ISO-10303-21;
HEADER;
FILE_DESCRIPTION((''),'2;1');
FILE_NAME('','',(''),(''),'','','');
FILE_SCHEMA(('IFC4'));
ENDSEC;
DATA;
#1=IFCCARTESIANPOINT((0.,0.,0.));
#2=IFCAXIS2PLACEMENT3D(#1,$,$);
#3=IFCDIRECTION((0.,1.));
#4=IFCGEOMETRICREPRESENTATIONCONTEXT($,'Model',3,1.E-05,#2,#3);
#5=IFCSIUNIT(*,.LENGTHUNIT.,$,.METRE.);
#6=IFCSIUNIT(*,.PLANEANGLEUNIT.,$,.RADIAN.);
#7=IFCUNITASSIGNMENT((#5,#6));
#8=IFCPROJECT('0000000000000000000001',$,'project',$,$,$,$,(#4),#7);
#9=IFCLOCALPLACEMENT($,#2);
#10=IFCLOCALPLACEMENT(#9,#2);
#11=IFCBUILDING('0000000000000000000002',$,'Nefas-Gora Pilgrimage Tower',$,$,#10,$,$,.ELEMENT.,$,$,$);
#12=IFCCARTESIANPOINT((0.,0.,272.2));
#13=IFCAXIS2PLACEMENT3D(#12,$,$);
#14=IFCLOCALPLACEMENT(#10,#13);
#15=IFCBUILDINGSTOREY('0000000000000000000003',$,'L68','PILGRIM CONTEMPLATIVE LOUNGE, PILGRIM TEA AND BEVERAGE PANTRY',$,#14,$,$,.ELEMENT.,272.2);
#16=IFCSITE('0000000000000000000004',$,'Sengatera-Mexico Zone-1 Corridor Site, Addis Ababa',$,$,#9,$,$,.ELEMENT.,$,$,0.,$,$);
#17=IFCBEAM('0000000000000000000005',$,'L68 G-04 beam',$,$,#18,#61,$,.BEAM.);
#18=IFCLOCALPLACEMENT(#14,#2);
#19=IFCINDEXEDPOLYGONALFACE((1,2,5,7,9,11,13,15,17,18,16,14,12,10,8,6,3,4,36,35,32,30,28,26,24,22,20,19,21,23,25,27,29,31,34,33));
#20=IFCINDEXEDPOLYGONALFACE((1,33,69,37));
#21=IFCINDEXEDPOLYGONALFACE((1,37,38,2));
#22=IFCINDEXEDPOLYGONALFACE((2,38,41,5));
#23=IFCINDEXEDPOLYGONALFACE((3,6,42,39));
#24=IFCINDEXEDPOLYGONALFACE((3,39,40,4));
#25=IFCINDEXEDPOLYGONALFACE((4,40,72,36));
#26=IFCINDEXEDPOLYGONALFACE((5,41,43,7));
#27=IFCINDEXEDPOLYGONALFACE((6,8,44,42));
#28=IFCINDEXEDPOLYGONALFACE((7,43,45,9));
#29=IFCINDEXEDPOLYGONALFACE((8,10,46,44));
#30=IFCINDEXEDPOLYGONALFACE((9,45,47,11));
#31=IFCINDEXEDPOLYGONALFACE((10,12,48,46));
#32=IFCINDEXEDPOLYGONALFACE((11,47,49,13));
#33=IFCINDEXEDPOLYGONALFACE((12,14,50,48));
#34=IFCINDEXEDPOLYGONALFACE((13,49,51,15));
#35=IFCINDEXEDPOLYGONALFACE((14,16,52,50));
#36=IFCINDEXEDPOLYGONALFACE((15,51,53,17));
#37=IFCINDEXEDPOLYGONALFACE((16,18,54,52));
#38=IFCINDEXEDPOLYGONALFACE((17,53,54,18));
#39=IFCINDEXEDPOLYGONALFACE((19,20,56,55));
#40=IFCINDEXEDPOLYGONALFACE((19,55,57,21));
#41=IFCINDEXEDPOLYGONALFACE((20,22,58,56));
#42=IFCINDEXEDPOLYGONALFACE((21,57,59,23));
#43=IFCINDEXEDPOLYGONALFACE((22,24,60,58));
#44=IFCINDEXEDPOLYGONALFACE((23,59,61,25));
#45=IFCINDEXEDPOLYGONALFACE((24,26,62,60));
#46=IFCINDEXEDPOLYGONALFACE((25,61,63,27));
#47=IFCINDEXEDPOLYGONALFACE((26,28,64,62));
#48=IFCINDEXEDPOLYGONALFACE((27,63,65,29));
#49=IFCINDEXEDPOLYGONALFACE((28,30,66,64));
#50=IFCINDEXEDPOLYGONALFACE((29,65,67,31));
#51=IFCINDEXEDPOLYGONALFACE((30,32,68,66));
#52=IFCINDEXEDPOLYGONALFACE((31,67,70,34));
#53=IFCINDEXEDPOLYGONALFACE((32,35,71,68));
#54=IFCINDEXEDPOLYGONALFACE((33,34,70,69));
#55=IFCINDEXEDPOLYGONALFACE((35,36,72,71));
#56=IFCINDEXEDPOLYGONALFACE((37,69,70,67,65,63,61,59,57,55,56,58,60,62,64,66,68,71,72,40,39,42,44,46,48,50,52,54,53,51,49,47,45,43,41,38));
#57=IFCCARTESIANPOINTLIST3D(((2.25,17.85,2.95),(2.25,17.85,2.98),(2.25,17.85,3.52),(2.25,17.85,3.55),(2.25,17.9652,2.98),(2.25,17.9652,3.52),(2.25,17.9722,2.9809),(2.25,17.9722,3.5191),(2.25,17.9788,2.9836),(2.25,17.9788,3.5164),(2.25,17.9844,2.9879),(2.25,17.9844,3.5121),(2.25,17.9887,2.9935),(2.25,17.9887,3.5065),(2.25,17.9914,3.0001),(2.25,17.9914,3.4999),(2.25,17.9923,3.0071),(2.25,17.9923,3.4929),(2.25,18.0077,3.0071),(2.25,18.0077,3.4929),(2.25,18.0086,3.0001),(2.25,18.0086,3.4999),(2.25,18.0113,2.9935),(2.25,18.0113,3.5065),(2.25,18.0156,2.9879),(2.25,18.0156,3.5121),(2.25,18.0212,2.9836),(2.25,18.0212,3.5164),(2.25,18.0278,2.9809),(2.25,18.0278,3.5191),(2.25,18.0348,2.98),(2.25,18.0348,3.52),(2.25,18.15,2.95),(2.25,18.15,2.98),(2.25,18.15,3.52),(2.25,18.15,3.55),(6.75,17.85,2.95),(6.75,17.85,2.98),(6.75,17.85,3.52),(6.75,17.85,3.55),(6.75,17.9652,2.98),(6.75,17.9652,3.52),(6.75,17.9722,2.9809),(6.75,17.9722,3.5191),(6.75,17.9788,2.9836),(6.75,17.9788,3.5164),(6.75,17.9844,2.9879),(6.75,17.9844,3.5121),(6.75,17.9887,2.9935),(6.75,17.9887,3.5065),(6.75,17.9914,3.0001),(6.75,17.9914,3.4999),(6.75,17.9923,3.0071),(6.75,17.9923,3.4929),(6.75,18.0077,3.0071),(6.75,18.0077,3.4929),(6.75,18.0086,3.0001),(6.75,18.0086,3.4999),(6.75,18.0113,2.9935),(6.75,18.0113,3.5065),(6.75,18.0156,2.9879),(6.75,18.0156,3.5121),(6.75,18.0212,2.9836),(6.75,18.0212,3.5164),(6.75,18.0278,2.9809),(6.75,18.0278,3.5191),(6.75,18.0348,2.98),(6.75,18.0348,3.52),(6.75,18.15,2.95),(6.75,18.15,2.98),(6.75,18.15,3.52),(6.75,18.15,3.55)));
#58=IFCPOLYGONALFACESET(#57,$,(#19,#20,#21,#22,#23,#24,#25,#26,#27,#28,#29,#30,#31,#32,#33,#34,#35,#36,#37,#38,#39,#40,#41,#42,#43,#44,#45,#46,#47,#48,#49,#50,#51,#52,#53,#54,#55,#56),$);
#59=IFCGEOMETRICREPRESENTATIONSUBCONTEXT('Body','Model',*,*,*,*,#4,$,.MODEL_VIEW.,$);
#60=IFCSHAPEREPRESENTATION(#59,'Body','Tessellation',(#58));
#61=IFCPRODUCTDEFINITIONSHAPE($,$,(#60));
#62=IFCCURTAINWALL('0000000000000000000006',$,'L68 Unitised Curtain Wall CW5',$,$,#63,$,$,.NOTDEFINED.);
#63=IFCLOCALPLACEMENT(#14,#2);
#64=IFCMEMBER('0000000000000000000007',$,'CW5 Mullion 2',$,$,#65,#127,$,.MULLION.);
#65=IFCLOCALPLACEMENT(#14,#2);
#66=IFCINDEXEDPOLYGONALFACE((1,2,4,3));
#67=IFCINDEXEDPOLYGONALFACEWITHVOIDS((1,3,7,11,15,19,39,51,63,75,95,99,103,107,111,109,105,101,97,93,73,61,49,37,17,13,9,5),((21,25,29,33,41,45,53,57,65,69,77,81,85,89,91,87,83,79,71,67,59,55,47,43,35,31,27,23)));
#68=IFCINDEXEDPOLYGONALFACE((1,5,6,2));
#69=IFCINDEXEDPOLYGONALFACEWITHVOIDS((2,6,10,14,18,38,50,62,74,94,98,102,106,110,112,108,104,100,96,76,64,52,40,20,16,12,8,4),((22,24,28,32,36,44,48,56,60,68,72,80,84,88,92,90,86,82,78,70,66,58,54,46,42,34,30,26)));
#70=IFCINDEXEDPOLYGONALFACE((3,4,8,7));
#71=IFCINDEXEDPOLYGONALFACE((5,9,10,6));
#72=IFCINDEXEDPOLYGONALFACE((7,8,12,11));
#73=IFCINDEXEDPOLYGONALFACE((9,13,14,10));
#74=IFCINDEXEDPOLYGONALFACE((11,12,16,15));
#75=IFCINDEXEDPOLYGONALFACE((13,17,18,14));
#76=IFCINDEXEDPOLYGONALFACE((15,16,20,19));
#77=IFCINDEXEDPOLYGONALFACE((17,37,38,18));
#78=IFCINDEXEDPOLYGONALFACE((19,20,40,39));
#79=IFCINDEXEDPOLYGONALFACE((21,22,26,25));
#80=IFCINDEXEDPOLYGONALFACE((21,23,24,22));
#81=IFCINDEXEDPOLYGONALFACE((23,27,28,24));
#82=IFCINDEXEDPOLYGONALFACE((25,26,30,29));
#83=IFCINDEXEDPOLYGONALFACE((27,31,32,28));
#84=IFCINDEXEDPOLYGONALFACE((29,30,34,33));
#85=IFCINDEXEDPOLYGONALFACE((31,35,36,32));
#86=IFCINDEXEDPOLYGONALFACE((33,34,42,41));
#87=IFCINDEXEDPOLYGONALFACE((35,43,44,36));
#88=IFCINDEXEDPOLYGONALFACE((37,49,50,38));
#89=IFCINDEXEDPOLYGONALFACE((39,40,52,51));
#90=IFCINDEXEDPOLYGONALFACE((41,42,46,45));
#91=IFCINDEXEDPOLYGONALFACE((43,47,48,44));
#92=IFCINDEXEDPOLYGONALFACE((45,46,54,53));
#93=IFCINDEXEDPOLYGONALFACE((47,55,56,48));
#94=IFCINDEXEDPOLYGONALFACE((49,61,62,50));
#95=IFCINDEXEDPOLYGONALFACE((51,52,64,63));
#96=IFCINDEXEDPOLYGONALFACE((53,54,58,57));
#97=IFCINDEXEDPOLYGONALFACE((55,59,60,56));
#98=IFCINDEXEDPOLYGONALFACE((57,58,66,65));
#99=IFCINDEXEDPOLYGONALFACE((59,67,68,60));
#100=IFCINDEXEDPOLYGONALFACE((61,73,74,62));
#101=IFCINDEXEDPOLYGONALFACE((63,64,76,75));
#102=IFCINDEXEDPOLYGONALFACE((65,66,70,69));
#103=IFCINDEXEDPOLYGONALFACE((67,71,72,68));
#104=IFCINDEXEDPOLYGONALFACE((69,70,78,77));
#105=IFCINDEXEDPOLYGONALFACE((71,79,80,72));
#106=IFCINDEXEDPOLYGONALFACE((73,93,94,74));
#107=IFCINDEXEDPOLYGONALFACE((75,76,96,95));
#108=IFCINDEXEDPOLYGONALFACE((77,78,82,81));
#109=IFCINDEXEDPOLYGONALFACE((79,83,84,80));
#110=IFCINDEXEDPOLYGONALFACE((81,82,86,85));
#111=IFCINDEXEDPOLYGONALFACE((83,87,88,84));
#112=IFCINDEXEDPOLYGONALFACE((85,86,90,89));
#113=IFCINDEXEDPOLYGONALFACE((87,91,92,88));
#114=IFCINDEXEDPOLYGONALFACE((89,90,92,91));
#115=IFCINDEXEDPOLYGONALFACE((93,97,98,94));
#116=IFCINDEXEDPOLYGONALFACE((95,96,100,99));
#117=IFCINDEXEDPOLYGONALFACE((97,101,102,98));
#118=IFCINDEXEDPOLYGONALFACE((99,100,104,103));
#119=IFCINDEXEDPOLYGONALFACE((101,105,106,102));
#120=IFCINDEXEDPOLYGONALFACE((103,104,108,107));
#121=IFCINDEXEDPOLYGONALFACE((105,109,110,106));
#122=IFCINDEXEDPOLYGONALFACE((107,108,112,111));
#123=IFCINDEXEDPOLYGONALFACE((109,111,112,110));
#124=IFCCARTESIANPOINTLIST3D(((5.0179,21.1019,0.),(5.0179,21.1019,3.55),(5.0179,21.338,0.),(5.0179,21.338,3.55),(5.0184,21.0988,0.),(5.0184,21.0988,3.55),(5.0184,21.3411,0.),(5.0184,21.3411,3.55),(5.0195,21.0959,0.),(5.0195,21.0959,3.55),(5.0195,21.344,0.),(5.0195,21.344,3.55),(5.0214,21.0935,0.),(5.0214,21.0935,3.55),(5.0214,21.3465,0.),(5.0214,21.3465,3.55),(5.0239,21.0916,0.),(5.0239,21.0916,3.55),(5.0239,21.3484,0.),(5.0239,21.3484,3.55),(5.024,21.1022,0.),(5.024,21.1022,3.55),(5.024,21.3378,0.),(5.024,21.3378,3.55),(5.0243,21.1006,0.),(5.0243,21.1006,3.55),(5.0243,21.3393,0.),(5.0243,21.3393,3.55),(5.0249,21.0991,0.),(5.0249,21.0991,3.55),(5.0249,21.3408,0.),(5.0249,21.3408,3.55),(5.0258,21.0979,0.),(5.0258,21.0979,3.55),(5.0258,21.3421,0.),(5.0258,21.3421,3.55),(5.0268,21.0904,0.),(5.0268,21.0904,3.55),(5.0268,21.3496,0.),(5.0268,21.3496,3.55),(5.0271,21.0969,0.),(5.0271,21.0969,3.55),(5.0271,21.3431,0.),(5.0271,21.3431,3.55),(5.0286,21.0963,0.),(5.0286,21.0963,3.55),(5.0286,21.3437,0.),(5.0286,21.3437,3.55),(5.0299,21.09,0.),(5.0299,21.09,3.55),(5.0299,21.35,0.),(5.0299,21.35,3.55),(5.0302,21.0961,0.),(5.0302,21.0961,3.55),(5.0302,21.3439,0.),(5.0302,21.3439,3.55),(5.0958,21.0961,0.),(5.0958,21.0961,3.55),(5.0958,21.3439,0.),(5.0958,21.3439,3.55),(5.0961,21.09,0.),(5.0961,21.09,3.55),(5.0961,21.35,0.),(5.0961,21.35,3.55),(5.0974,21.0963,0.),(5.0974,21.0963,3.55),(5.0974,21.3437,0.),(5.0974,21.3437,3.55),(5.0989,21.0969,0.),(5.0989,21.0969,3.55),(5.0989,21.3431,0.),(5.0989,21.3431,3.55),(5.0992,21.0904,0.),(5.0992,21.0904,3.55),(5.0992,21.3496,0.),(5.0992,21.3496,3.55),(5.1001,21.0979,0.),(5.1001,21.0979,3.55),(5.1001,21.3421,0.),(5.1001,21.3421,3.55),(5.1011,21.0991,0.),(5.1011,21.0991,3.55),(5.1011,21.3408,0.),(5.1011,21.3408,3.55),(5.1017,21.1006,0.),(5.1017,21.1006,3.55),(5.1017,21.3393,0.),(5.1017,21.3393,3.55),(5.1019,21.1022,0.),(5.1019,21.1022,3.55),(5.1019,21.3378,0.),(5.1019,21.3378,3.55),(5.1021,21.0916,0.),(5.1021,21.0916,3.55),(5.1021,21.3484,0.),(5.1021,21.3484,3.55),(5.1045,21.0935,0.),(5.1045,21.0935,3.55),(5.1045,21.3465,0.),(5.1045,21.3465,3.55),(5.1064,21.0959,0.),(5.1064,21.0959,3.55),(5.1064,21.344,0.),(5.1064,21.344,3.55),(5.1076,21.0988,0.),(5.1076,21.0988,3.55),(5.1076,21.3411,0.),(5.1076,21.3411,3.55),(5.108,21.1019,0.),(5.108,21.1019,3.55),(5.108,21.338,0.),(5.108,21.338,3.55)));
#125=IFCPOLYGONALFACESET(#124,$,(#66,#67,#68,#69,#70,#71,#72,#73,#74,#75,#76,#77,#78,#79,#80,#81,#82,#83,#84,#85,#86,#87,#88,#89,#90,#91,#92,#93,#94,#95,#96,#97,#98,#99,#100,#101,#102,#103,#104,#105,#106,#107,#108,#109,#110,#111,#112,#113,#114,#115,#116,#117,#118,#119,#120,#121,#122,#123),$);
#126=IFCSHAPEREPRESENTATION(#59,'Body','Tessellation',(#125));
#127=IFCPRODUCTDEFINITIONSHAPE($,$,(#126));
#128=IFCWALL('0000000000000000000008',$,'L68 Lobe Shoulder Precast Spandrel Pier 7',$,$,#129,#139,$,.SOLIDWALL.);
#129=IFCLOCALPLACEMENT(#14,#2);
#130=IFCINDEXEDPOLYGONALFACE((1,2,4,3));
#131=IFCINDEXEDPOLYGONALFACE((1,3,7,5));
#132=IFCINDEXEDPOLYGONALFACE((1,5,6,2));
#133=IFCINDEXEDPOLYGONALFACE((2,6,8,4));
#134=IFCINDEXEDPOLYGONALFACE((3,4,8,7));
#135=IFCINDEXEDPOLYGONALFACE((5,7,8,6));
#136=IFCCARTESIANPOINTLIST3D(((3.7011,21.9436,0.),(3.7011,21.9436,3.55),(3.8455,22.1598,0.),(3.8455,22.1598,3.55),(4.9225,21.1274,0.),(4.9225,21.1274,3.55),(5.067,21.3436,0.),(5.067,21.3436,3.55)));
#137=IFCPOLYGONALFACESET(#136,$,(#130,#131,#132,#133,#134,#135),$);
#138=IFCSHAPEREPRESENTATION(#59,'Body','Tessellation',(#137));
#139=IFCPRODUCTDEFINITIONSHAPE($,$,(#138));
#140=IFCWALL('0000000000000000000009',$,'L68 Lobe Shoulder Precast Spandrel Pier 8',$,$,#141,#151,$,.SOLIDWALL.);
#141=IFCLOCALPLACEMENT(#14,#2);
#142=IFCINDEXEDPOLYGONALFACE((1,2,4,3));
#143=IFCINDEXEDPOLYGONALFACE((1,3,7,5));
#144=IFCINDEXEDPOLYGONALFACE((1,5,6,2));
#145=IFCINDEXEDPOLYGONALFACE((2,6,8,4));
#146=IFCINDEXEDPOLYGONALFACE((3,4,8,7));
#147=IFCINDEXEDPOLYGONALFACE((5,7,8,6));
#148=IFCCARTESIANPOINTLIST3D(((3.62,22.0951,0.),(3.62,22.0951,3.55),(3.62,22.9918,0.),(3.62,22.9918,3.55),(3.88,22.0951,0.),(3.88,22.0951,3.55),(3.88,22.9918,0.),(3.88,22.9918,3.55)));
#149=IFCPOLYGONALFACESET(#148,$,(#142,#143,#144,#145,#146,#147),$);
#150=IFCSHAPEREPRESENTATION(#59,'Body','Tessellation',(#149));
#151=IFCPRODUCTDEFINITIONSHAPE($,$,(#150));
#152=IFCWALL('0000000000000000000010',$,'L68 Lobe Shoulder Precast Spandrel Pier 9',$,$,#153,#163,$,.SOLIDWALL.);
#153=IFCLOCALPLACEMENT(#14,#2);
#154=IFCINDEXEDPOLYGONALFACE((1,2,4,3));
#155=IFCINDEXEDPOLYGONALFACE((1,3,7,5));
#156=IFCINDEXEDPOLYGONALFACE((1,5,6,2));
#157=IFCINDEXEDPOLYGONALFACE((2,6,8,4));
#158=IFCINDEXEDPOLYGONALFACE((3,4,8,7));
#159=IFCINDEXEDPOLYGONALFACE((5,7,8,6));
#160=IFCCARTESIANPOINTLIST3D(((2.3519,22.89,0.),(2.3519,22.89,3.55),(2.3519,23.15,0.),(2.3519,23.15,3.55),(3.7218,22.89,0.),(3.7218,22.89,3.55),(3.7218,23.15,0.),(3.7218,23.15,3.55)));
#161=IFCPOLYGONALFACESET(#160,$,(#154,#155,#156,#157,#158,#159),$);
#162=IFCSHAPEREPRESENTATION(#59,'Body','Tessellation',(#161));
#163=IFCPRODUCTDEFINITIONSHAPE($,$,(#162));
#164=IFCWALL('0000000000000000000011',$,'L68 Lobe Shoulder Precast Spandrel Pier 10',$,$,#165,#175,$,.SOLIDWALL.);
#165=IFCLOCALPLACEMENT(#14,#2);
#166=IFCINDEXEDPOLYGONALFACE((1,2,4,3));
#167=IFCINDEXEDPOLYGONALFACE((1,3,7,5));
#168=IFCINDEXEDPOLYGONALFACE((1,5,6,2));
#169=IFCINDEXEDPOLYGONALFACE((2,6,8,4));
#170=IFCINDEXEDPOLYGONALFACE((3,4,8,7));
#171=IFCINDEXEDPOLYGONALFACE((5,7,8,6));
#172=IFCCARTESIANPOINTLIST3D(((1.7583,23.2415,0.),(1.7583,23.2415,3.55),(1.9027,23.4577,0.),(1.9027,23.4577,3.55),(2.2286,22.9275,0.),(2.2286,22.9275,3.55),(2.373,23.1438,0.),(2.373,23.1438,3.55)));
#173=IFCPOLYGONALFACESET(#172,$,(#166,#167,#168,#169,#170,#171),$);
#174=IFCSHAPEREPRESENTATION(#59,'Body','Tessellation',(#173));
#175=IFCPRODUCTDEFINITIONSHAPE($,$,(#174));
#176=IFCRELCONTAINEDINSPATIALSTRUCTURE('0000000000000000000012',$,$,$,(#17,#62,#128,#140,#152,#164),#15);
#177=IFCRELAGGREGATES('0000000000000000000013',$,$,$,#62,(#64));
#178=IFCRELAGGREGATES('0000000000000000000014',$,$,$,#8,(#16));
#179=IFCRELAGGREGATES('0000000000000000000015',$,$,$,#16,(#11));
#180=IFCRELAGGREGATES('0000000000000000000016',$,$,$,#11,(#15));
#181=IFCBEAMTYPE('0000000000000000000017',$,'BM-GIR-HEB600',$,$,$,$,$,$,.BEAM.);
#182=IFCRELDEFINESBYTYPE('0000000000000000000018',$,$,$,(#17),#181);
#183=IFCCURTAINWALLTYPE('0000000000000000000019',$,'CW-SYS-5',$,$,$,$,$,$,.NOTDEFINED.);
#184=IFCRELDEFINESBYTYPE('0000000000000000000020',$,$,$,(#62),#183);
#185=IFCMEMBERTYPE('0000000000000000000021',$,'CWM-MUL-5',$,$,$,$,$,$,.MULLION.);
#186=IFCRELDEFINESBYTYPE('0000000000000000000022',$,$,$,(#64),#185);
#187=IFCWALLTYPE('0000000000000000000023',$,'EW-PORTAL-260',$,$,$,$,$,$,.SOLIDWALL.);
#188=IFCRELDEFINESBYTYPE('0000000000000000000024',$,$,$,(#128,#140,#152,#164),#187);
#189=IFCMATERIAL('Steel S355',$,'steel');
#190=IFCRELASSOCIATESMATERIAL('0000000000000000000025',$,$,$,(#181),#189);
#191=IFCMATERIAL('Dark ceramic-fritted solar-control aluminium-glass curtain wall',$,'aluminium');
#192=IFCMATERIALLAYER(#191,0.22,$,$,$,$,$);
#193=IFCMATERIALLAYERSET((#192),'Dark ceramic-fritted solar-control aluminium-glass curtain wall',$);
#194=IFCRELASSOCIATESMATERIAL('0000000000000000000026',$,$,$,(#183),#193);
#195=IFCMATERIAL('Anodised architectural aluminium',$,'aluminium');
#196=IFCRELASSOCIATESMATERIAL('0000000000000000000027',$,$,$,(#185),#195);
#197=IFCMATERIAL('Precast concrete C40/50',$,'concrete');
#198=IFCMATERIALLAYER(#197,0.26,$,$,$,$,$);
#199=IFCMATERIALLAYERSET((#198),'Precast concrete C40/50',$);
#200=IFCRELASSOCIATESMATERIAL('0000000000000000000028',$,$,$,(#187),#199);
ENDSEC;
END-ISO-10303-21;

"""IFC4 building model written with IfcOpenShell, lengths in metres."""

from ifc_helpers import new_model, si_unit, direction, frame, frame_2d, origin, origin_2d, place, context, subcontext, project, spatial, rectangle, hollow_rectangle, i_section, extrude, source, transform, mapped, material, layer, layer_set, material_profile, profile_set, type_object, element, aggregate, save


model = new_model("IFC4")

# Units and contexts
model_context = context("Model", 3, precision=1e-05, world=origin(), true_north=direction((0.0, 1.0)))
body_context = subcontext(model_context, "Body", "Model", "MODEL_VIEW")
ifc_project = project(units=[si_unit("LENGTHUNIT", "METRE"), si_unit("PLANEANGLEUNIT", "RADIAN")], contexts=[model_context])

# Site, building, storey
site_placement = place(None, origin())
site = spatial("IfcSite", under=ifc_project, at=site_placement, Name="Sengatera-Mexico Zone-1 Corridor Site, Addis Ababa", CompositionType="ELEMENT", RefElevation=0.0)
building_placement = place(site_placement, origin())
building = spatial("IfcBuilding", under=site, at=building_placement, Name="Nefas-Gora Pilgrimage Tower", CompositionType="ELEMENT")
storey_placement = place(building_placement, frame((0.0, 0.0, 272.2)))
storey = spatial("IfcBuildingStorey", under=building, at=storey_placement, Name="L68", Description="PILGRIM CONTEMPLATIVE LOUNGE, PILGRIM TEA AND BEVERAGE PANTRY", CompositionType="ELEMENT", Elevation=272.2)

# Shared definitions
ifc_material_1 = material(Name="Steel S355", Category="steel")

# Beam
ifc_material_profile_1 = material_profile(ifc_material_1, i_section(OverallWidth=0.3, OverallDepth=0.6001, WebThickness=0.0154, FlangeThickness=0.03, FilletRadius=0.0271, at=origin_2d()), Name="HEB 600")
ifc_profile_set_1 = profile_set([ifc_material_profile_1], Name="Steel S355")
beam_type = type_object("IfcBeamType", Name="BM-GIR-HEB600", PredefinedType="BEAM", material=ifc_profile_set_1)
shared_shape_1 = source(origin(), body_context, "Body", "SweptSolid", [
    extrude(i_section(OverallWidth=0.3, OverallDepth=0.6001, WebThickness=0.0154, FlangeThickness=0.03, FilletRadius=0.0271, at=origin_2d()), origin(), (0.0, 0.0, 1.0), 4.5),
])
for number, where, z_axis, x_axis, name in (
    (1, (2.25, 18.0, 3.25), (1.0, 0.0, 0.0), (0.0, 1.0, 0.0), "L68 G-04 beam"),
):
    element("IfcBeam", number, at=place(storey_placement, frame(where, z_axis=z_axis, x_axis=x_axis)), inside=storey, type_object=beam_type, Name=name, PredefinedType="BEAM", context=body_context, shape_type="MappedRepresentation", body=[
        mapped(shared_shape_1, transform((0.0, 0.0, 0.0), x_axis=(1.0, 0.0, 0.0), y_axis=(0.0, 1.0, 0.0), z_axis=(0.0, 0.0, 1.0), scale=1.0)),
    ])

# Curtain wall, member
ifc_material_2 = material(Name="Dark ceramic-fritted solar-control aluminium-glass curtain wall", Category="aluminium")
ifc_layer_1 = layer(ifc_material_2, 0.22)
ifc_layer_set_1 = layer_set([ifc_layer_1], Name="Dark ceramic-fritted solar-control aluminium-glass curtain wall")
curtain_wall_type = type_object("IfcCurtainWallType", Name="CW-SYS-5", PredefinedType="NOTDEFINED", material=ifc_layer_set_1)
curtain_wall_placement = place(storey_placement, origin())
curtain_wall = element("IfcCurtainWall", 2, at=curtain_wall_placement, inside=storey, type_object=curtain_wall_type, Name="L68 Unitised Curtain Wall CW5", PredefinedType="NOTDEFINED")
ifc_material_3 = material(Name="Anodised architectural aluminium", Category="aluminium")
ifc_material_profile_2 = material_profile(ifc_material_3, hollow_rectangle(XDim=0.0901, YDim=0.26, WallThickness=0.0061, InnerFilletRadius=0.0061, OuterFilletRadius=0.012, at=origin_2d()), Name="ALU MULLION 90x260")
ifc_profile_set_2 = profile_set([ifc_material_profile_2], Name="Anodised architectural aluminium")
member_type = type_object("IfcMemberType", Name="CWM-MUL-5", PredefinedType="MULLION", material=ifc_profile_set_2)
shared_shape_2 = source(origin(), body_context, "Body", "SweptSolid", [
    extrude(hollow_rectangle(XDim=0.0901, YDim=0.26, WallThickness=0.0061, InnerFilletRadius=0.0061, OuterFilletRadius=0.012, at=origin_2d()), origin(), (0.0, 0.0, 1.0), 3.55),
])
member_placement = place(storey_placement, frame((5.063, 21.22, 0.0), z_axis=(0.0, 0.0, 1.0), x_axis=(-1.0, 0.0, 0.0)))
member = element("IfcMember", 3, at=member_placement, type_object=member_type, Name="CW5 Mullion 2", PredefinedType="MULLION", context=body_context, shape_type="MappedRepresentation", body=[
    mapped(shared_shape_2, transform((0.0, 0.0, 0.0), x_axis=(1.0, 0.0, 0.0), y_axis=(0.0, 1.0, 0.0), z_axis=(0.0, 0.0, 1.0), scale=1.0)),
])
aggregate(curtain_wall, [member])

# Walls
ifc_material_4 = material(Name="Precast concrete C40/50", Category="concrete")
ifc_layer_2 = layer(ifc_material_4, 0.26)
ifc_layer_set_2 = layer_set([ifc_layer_2], Name="Precast concrete C40/50")
wall_type_1 = type_object("IfcWallType", Name="EW-PORTAL-260", PredefinedType="SOLIDWALL", material=ifc_layer_set_2)
shared_shape_3 = source(origin(), body_context, "Body", "SweptSolid", [
    extrude(rectangle(XDim=1.469, YDim=0.26, at=frame_2d((0.7344, 0.0))), origin(), (0.0, 0.0, 1.0), 3.55),
])
wall_1_placement = place(storey_placement, frame((4.9946, 21.2356, 0.0), z_axis=(0.0, 0.0, 1.0), x_axis=(-0.831462, 0.555582, 0.0)))
element("IfcWall", 4, at=wall_1_placement, inside=storey, type_object=wall_type_1, Name="L68 Lobe Shoulder Precast Spandrel Pier 7", PredefinedType="SOLIDWALL", context=body_context, shape_type="MappedRepresentation", body=[
    mapped(shared_shape_3, transform((0.0, 0.0, 0.0), x_axis=(1.0, 0.0, 0.0), y_axis=(0.0, 1.0, 0.0), z_axis=(0.0, 0.0, 1.0), scale=1.0)),
])
shared_shape_4 = source(origin(), body_context, "Body", "SweptSolid", [
    extrude(rectangle(XDim=0.8967, YDim=0.26, at=frame_2d((0.4482, 0.0))), origin(), (0.0, 0.0, 1.0), 3.55),
])
wall_2_placement = place(storey_placement, frame((3.75, 22.0952, 0.0), z_axis=(0.0, 0.0, 1.0), x_axis=(0.0, 1.0, 0.0)))
element("IfcWall", 5, at=wall_2_placement, inside=storey, type_object=wall_type_1, Name="L68 Lobe Shoulder Precast Spandrel Pier 8", PredefinedType="SOLIDWALL", context=body_context, shape_type="MappedRepresentation", body=[
    mapped(shared_shape_4, transform((0.0, 0.0, 0.0), x_axis=(1.0, 0.0, 0.0), y_axis=(0.0, 1.0, 0.0), z_axis=(0.0, 0.0, 1.0), scale=1.0)),
])
shared_shape_5 = source(origin(), body_context, "Body", "SweptSolid", [
    extrude(rectangle(XDim=1.3699, YDim=0.26, at=frame_2d((0.6851, 0.0))), origin(), (0.0, 0.0, 1.0), 3.55),
])
wall_3_placement = place(storey_placement, frame((3.7219, 23.02, 0.0), z_axis=(0.0, 0.0, 1.0), x_axis=(-1.0, 0.0, 0.0)))
element("IfcWall", 6, at=wall_3_placement, inside=storey, type_object=wall_type_1, Name="L68 Lobe Shoulder Precast Spandrel Pier 9", PredefinedType="SOLIDWALL", context=body_context, shape_type="MappedRepresentation", body=[
    mapped(shared_shape_5, transform((0.0, 0.0, 0.0), x_axis=(1.0, 0.0, 0.0), y_axis=(0.0, 1.0, 0.0), z_axis=(0.0, 0.0, 1.0), scale=1.0)),
])
shared_shape_6 = source(origin(), body_context, "Body", "SweptSolid", [
    extrude(rectangle(XDim=0.5654, YDim=0.26, at=frame_2d((0.2827, 0.0))), origin(), (0.0, 0.0, 1.0), 3.55),
])
wall_4_placement = place(storey_placement, frame((2.3008, 23.0356, 0.0), z_axis=(0.0, 0.0, 1.0), x_axis=(-0.831651, 0.555298, 0.0)))
element("IfcWall", 7, at=wall_4_placement, inside=storey, type_object=wall_type_1, Name="L68 Lobe Shoulder Precast Spandrel Pier 10", PredefinedType="SOLIDWALL", context=body_context, shape_type="MappedRepresentation", body=[
    mapped(shared_shape_6, transform((0.0, 0.0, 0.0), x_axis=(1.0, 0.0, 0.0), y_axis=(0.0, 1.0, 0.0), z_axis=(0.0, 0.0, 1.0), scale=1.0)),
])

save(model, "model.ifc")
